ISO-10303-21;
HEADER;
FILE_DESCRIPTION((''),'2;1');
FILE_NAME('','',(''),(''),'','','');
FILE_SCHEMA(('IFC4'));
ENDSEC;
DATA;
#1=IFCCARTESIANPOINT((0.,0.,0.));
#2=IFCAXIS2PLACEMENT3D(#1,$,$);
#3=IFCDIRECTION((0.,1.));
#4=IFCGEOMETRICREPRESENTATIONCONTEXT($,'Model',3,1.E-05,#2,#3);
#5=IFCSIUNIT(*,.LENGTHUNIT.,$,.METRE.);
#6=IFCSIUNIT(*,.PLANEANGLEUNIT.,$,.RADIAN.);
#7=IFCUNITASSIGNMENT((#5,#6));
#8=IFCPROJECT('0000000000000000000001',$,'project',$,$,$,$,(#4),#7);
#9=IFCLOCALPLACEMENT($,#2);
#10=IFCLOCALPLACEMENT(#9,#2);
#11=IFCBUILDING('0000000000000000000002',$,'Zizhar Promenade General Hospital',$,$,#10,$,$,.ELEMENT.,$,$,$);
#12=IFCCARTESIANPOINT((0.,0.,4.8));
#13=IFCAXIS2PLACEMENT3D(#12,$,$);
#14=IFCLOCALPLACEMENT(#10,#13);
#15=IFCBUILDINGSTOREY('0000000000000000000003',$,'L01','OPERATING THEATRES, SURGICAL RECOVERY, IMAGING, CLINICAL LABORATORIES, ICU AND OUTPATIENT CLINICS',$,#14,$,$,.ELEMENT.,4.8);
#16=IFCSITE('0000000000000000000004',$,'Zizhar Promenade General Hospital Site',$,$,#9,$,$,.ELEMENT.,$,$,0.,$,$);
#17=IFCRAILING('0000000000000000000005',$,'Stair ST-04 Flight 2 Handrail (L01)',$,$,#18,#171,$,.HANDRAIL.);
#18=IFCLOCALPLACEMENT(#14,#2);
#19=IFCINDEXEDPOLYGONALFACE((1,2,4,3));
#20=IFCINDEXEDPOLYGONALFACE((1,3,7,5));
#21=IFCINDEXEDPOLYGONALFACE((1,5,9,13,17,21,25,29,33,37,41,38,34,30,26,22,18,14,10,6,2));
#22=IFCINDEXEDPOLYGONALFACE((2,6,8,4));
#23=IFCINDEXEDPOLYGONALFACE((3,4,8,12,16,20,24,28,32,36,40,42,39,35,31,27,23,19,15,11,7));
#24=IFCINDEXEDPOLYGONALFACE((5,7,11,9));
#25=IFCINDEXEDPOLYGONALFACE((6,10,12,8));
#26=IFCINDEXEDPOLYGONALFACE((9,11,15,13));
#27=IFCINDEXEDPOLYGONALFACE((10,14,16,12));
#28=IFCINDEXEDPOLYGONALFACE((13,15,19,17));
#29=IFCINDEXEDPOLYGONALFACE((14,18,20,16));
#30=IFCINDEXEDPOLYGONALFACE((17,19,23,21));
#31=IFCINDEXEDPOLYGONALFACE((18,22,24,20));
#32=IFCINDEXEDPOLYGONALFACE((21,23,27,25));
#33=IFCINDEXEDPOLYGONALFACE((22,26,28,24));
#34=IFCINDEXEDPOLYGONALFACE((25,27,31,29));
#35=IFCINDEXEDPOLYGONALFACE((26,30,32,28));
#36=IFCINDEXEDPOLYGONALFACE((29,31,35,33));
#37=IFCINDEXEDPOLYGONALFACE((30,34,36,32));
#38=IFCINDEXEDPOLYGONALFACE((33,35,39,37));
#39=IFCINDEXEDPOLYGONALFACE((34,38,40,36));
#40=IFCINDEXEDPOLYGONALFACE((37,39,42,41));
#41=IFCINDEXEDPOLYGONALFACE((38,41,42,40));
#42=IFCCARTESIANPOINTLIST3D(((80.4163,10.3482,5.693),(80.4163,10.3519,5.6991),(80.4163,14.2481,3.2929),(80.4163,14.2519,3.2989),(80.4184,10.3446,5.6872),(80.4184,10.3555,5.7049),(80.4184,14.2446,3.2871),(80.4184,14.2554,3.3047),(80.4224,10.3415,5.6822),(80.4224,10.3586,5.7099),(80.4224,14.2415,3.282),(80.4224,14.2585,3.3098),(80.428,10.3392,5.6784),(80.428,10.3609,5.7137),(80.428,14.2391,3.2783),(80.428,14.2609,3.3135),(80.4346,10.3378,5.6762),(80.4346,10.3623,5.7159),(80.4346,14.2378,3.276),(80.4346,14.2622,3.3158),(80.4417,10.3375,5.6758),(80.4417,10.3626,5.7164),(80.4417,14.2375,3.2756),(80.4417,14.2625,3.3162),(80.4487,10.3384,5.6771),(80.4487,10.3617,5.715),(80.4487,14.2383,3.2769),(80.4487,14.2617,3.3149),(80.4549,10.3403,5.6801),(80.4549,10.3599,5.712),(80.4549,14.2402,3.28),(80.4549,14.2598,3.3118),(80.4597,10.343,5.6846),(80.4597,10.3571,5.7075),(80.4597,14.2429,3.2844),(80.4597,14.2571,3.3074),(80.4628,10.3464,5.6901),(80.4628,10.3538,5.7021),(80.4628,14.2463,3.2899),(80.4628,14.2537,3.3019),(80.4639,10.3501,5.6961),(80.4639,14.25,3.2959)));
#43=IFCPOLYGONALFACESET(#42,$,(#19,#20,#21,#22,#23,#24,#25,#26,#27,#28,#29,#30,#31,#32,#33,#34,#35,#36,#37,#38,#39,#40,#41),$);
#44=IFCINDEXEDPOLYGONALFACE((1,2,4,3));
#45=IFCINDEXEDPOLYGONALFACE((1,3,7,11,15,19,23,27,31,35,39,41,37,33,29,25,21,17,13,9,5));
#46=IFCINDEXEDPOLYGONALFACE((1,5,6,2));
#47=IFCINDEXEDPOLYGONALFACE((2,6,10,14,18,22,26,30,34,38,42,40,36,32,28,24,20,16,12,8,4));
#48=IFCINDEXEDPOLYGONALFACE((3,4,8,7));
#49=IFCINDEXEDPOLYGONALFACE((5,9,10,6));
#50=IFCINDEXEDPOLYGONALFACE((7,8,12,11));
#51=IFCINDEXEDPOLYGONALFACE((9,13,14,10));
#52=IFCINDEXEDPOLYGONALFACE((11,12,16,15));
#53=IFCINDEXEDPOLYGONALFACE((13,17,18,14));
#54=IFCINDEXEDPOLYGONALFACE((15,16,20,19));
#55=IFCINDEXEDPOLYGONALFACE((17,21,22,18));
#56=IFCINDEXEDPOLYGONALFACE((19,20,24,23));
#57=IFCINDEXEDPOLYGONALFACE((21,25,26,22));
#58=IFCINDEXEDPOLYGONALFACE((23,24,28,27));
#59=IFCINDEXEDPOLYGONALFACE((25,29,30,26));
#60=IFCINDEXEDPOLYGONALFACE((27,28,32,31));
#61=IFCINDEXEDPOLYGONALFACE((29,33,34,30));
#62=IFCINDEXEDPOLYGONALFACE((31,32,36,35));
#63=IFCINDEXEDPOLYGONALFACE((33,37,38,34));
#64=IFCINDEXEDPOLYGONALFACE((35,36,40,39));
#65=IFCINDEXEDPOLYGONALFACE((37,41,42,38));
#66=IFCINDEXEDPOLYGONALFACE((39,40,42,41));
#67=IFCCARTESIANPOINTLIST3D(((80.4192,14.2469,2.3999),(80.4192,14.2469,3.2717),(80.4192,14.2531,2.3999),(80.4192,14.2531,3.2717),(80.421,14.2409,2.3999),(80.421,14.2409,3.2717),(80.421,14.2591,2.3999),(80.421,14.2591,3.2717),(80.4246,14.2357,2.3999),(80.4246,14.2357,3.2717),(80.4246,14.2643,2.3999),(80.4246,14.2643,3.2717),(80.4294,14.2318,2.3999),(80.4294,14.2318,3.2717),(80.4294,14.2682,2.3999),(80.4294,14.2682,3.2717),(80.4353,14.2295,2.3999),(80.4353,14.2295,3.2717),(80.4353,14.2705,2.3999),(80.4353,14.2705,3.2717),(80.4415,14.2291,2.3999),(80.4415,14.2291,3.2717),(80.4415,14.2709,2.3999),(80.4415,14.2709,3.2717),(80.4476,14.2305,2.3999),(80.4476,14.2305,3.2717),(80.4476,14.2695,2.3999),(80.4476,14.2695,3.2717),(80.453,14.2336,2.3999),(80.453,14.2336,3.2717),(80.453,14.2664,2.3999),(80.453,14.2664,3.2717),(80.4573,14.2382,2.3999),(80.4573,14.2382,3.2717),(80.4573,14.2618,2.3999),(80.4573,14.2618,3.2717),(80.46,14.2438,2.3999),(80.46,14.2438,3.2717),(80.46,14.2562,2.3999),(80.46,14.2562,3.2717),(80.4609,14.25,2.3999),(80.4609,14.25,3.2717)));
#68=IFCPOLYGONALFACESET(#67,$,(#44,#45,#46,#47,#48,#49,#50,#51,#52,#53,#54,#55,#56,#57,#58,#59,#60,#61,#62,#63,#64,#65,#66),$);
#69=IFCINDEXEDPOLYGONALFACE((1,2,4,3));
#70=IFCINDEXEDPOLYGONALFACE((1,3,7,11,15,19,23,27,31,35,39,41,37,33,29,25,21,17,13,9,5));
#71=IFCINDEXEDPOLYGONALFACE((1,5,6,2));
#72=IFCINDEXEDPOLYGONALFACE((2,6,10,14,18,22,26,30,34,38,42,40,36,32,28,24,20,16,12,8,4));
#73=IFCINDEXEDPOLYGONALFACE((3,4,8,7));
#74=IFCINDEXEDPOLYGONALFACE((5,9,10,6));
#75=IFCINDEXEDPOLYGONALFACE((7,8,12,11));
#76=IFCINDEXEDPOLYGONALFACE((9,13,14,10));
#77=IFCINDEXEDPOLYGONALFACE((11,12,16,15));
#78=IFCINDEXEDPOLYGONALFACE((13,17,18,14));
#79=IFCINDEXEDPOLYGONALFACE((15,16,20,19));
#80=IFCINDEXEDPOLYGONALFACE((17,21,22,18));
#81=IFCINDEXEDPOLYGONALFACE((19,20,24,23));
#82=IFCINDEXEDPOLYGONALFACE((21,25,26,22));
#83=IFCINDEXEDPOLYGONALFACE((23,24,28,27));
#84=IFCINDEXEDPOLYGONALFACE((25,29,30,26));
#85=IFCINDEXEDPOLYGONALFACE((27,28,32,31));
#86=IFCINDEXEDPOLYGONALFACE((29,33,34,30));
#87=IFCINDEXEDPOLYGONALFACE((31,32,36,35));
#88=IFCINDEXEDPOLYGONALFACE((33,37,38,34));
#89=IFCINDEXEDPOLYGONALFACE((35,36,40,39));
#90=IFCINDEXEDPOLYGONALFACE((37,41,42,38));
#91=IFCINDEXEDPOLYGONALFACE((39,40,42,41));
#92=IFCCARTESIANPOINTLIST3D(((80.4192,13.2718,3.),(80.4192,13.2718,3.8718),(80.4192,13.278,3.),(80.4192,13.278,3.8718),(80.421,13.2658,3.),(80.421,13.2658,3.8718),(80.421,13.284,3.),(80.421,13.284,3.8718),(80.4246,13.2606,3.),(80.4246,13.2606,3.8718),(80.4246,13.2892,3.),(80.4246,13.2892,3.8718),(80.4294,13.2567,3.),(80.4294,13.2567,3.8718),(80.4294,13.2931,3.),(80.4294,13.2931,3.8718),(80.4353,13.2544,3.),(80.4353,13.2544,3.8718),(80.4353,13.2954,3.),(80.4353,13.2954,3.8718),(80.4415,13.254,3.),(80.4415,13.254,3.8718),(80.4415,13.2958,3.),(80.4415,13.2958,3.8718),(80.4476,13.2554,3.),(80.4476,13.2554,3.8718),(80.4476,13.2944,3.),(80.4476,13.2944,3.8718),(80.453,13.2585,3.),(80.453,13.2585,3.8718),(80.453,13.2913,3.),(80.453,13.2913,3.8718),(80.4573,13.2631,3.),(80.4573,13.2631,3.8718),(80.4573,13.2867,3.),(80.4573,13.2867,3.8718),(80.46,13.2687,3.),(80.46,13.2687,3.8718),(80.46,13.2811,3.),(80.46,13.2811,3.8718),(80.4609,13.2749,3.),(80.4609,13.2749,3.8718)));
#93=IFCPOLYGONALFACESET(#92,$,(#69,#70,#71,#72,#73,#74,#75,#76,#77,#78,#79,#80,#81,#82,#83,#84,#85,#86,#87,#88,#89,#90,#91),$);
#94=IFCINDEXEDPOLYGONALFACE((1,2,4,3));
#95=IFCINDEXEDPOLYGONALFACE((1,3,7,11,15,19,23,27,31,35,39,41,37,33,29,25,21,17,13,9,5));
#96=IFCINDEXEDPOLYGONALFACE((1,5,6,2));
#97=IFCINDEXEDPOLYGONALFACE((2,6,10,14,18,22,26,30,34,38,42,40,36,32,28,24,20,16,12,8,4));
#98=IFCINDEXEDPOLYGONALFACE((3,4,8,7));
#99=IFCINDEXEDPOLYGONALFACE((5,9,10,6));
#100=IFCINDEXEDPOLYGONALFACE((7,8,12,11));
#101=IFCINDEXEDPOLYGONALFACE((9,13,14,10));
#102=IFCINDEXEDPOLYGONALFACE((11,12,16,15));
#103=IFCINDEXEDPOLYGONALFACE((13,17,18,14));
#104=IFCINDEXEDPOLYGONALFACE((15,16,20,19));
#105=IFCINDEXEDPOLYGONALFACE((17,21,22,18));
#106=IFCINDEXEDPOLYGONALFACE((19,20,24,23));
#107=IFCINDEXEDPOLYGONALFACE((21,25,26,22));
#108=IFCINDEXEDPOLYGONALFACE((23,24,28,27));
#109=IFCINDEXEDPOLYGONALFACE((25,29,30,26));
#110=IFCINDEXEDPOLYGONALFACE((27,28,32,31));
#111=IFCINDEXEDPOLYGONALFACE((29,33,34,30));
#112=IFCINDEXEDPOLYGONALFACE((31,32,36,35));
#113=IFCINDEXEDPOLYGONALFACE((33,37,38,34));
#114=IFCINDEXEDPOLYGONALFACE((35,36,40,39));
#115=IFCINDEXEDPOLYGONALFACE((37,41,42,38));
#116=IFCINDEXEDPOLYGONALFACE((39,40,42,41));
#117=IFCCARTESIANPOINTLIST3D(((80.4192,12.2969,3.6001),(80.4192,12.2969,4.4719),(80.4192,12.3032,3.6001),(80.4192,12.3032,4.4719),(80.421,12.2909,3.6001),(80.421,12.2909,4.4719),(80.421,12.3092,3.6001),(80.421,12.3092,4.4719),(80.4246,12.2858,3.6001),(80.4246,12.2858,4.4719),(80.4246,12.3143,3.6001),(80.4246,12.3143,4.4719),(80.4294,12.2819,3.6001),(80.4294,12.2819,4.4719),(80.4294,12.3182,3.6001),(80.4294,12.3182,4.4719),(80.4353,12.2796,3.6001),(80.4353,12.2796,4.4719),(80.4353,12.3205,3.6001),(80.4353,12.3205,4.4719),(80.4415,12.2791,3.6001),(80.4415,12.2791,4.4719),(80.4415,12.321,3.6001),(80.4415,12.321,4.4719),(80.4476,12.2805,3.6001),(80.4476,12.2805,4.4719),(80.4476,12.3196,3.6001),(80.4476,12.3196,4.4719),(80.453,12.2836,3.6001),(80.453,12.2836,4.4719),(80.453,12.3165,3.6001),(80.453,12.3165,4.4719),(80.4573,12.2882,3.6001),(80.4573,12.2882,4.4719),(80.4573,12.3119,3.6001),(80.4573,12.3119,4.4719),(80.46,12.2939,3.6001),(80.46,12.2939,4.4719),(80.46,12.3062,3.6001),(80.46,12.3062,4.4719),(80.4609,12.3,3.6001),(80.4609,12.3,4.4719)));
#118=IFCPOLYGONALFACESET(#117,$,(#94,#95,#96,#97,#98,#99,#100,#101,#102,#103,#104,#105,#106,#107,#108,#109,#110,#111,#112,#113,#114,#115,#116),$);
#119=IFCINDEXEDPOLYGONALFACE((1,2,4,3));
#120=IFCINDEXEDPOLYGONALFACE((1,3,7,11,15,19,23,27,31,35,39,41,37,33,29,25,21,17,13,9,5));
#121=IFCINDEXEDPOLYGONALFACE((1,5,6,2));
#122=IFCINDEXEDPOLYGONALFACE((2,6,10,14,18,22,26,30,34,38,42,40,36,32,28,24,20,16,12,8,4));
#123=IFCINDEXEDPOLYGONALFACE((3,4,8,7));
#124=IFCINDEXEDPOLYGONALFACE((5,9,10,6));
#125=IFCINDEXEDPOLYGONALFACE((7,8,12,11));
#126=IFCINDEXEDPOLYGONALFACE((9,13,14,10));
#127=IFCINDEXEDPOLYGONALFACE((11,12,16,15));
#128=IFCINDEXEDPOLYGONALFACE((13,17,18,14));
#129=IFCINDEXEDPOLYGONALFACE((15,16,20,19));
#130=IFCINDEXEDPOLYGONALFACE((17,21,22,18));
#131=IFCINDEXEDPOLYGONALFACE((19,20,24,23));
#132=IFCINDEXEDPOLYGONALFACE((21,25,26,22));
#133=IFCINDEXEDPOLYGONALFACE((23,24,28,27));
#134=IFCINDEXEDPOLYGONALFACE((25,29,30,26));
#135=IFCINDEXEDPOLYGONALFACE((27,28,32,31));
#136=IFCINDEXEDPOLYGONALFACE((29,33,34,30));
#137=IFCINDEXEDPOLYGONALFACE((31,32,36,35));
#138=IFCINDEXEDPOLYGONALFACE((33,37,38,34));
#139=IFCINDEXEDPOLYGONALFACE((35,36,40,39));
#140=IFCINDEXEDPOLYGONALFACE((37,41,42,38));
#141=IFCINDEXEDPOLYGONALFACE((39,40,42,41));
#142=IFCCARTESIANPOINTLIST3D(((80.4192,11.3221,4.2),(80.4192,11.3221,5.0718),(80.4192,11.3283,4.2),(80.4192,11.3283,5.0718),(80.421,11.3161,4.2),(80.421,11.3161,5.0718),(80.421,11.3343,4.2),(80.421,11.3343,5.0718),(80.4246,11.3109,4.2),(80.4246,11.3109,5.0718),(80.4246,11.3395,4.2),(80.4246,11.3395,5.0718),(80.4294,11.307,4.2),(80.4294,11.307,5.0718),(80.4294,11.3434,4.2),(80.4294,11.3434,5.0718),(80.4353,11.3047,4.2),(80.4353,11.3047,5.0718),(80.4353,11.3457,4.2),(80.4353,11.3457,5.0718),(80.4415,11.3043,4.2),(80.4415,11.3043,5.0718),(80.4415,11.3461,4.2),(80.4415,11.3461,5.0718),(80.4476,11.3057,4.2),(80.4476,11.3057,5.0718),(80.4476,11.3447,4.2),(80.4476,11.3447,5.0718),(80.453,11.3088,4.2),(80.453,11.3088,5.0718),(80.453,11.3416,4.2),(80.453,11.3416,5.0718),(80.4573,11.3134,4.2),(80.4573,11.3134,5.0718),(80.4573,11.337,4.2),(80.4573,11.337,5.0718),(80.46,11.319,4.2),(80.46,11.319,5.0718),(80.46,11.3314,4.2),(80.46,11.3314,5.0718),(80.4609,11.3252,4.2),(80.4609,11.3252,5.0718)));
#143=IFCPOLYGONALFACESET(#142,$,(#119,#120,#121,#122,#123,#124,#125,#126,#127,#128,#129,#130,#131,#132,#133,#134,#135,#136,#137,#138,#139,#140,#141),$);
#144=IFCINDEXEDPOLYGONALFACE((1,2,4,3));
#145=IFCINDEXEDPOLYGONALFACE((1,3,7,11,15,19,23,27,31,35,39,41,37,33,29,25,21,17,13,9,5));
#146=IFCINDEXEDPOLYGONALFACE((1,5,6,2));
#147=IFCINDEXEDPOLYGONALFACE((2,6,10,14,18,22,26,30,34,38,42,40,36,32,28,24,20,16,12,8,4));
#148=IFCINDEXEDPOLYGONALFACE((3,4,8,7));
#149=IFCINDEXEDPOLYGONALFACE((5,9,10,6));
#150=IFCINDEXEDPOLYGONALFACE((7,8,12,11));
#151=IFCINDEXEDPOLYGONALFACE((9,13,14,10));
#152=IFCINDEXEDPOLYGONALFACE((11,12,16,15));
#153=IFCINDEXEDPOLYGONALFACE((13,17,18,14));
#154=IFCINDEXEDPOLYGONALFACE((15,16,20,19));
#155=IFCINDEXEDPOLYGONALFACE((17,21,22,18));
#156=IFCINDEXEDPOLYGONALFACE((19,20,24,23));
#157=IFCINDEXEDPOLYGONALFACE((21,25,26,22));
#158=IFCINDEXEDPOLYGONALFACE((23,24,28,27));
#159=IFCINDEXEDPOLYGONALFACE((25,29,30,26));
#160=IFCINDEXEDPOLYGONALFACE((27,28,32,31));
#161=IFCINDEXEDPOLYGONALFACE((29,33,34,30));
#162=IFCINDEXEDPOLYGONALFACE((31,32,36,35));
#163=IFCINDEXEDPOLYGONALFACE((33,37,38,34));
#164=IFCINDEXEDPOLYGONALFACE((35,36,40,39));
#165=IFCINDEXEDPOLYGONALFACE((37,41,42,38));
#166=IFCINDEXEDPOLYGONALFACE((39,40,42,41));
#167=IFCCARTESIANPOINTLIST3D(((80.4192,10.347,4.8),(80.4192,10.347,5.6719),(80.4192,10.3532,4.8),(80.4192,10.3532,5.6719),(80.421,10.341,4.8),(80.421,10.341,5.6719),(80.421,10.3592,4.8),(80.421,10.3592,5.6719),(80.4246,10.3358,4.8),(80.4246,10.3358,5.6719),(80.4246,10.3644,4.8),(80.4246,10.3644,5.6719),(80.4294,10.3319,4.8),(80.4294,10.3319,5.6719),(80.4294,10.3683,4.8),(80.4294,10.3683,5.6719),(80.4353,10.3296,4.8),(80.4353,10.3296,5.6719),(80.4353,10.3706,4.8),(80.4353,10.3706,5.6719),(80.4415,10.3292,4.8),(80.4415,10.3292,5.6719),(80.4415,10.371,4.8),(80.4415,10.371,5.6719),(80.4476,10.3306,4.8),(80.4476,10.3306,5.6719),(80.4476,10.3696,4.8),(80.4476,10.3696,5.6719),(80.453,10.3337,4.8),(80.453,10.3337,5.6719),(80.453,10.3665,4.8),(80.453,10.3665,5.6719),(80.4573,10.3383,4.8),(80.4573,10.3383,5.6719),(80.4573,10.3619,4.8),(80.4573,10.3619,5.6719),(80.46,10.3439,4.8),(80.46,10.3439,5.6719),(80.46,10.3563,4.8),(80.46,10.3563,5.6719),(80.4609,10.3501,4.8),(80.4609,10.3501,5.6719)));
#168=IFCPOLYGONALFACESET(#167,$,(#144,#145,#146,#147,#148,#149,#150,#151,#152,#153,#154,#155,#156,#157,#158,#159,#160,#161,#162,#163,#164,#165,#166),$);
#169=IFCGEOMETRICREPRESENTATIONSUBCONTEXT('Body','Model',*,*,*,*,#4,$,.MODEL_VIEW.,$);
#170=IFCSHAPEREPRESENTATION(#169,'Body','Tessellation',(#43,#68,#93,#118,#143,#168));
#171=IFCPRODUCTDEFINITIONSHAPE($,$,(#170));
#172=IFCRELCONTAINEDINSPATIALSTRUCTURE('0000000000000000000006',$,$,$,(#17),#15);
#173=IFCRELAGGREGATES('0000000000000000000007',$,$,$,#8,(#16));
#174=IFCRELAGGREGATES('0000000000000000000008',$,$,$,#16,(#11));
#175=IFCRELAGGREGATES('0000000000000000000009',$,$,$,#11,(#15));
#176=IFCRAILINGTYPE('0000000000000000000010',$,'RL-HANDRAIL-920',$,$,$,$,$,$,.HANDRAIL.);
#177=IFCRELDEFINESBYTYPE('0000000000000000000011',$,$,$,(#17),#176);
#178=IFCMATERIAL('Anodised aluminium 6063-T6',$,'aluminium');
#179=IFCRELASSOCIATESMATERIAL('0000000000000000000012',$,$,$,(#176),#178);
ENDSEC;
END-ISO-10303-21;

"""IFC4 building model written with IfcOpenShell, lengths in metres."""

from ifc_helpers import new_model, si_unit, direction, frame, origin, origin_2d, place, context, subcontext, project, spatial, circle, hollow_circle, extrude, material, material_profile, profile_set, type_object, element, save


model = new_model("IFC4")

# Units and contexts
model_context = context("Model", 3, precision=1e-05, world=origin(), true_north=direction((0.0, 1.0)))
body_context = subcontext(model_context, "Body", "Model", "MODEL_VIEW")
ifc_project = project(units=[si_unit("LENGTHUNIT", "METRE"), si_unit("PLANEANGLEUNIT", "RADIAN")], contexts=[model_context])

# Site, building, storey
site_placement = place(None, origin())
site = spatial("IfcSite", under=ifc_project, at=site_placement, Name="Zizhar Promenade General Hospital Site", CompositionType="ELEMENT", RefElevation=0.0)
building_placement = place(site_placement, origin())
building = spatial("IfcBuilding", under=site, at=building_placement, Name="Zizhar Promenade General Hospital", CompositionType="ELEMENT")
storey_placement = place(building_placement, frame((0.0, 0.0, 4.8)))
storey = spatial("IfcBuildingStorey", under=building, at=storey_placement, Name="L01", Description="OPERATING THEATRES, SURGICAL RECOVERY, IMAGING, CLINICAL LABORATORIES, ICU AND OUTPATIENT CLINICS", CompositionType="ELEMENT", Elevation=4.8)

# Railing
ifc_material_1 = material(Name="Anodised aluminium 6063-T6", Category="aluminium")
ifc_material_profile_1 = material_profile(ifc_material_1, hollow_circle(Radius=0.0698, WallThickness=0.0063, at=origin_2d()))
ifc_profile_set_1 = profile_set([ifc_material_profile_1], Name="Anodised aluminium 6063-T6")
railing_type_1 = type_object("IfcRailingType", Name="RL-HANDRAIL-920", PredefinedType="HANDRAIL", material=ifc_profile_set_1)
railing_1_placement = place(storey_placement, frame((80.4399, 14.25, 2.3999)))
element("IfcRailing", 1, at=railing_1_placement, inside=storey, type_object=railing_type_1, Name="Stair ST-04 Flight 2 Handrail (L01)", PredefinedType="HANDRAIL", context=body_context, shape_type="SweptSolid", body=[
    extrude(circle(Radius=0.0239, at=origin_2d()), frame((0.0, 0.0, 0.896), z_axis=(0.0, -0.851638, 0.52413), x_axis=(1.0, 0.0, 0.0)), (0.0, 0.0, 1.0), 4.5793),
    extrude(circle(Radius=0.021, at=origin_2d()), origin(), (0.0, 0.0, 1.0), 0.8718),
    extrude(circle(Radius=0.021, at=origin_2d()), frame((0.0, -0.9751, 0.6001)), (0.0, 0.0, 1.0), 0.8718),
    extrude(circle(Radius=0.021, at=origin_2d()), frame((0.0, -1.95, 1.2002)), (0.0, 0.0, 1.0), 0.8718),
    extrude(circle(Radius=0.021, at=origin_2d()), frame((0.0, -2.9248, 1.8)), (0.0, 0.0, 1.0), 0.8718),
    extrude(circle(Radius=0.021, at=origin_2d()), frame((0.0, -3.8999, 2.4001)), (0.0, 0.0, 1.0), 0.8718),
])

save(model, "model.ifc")
